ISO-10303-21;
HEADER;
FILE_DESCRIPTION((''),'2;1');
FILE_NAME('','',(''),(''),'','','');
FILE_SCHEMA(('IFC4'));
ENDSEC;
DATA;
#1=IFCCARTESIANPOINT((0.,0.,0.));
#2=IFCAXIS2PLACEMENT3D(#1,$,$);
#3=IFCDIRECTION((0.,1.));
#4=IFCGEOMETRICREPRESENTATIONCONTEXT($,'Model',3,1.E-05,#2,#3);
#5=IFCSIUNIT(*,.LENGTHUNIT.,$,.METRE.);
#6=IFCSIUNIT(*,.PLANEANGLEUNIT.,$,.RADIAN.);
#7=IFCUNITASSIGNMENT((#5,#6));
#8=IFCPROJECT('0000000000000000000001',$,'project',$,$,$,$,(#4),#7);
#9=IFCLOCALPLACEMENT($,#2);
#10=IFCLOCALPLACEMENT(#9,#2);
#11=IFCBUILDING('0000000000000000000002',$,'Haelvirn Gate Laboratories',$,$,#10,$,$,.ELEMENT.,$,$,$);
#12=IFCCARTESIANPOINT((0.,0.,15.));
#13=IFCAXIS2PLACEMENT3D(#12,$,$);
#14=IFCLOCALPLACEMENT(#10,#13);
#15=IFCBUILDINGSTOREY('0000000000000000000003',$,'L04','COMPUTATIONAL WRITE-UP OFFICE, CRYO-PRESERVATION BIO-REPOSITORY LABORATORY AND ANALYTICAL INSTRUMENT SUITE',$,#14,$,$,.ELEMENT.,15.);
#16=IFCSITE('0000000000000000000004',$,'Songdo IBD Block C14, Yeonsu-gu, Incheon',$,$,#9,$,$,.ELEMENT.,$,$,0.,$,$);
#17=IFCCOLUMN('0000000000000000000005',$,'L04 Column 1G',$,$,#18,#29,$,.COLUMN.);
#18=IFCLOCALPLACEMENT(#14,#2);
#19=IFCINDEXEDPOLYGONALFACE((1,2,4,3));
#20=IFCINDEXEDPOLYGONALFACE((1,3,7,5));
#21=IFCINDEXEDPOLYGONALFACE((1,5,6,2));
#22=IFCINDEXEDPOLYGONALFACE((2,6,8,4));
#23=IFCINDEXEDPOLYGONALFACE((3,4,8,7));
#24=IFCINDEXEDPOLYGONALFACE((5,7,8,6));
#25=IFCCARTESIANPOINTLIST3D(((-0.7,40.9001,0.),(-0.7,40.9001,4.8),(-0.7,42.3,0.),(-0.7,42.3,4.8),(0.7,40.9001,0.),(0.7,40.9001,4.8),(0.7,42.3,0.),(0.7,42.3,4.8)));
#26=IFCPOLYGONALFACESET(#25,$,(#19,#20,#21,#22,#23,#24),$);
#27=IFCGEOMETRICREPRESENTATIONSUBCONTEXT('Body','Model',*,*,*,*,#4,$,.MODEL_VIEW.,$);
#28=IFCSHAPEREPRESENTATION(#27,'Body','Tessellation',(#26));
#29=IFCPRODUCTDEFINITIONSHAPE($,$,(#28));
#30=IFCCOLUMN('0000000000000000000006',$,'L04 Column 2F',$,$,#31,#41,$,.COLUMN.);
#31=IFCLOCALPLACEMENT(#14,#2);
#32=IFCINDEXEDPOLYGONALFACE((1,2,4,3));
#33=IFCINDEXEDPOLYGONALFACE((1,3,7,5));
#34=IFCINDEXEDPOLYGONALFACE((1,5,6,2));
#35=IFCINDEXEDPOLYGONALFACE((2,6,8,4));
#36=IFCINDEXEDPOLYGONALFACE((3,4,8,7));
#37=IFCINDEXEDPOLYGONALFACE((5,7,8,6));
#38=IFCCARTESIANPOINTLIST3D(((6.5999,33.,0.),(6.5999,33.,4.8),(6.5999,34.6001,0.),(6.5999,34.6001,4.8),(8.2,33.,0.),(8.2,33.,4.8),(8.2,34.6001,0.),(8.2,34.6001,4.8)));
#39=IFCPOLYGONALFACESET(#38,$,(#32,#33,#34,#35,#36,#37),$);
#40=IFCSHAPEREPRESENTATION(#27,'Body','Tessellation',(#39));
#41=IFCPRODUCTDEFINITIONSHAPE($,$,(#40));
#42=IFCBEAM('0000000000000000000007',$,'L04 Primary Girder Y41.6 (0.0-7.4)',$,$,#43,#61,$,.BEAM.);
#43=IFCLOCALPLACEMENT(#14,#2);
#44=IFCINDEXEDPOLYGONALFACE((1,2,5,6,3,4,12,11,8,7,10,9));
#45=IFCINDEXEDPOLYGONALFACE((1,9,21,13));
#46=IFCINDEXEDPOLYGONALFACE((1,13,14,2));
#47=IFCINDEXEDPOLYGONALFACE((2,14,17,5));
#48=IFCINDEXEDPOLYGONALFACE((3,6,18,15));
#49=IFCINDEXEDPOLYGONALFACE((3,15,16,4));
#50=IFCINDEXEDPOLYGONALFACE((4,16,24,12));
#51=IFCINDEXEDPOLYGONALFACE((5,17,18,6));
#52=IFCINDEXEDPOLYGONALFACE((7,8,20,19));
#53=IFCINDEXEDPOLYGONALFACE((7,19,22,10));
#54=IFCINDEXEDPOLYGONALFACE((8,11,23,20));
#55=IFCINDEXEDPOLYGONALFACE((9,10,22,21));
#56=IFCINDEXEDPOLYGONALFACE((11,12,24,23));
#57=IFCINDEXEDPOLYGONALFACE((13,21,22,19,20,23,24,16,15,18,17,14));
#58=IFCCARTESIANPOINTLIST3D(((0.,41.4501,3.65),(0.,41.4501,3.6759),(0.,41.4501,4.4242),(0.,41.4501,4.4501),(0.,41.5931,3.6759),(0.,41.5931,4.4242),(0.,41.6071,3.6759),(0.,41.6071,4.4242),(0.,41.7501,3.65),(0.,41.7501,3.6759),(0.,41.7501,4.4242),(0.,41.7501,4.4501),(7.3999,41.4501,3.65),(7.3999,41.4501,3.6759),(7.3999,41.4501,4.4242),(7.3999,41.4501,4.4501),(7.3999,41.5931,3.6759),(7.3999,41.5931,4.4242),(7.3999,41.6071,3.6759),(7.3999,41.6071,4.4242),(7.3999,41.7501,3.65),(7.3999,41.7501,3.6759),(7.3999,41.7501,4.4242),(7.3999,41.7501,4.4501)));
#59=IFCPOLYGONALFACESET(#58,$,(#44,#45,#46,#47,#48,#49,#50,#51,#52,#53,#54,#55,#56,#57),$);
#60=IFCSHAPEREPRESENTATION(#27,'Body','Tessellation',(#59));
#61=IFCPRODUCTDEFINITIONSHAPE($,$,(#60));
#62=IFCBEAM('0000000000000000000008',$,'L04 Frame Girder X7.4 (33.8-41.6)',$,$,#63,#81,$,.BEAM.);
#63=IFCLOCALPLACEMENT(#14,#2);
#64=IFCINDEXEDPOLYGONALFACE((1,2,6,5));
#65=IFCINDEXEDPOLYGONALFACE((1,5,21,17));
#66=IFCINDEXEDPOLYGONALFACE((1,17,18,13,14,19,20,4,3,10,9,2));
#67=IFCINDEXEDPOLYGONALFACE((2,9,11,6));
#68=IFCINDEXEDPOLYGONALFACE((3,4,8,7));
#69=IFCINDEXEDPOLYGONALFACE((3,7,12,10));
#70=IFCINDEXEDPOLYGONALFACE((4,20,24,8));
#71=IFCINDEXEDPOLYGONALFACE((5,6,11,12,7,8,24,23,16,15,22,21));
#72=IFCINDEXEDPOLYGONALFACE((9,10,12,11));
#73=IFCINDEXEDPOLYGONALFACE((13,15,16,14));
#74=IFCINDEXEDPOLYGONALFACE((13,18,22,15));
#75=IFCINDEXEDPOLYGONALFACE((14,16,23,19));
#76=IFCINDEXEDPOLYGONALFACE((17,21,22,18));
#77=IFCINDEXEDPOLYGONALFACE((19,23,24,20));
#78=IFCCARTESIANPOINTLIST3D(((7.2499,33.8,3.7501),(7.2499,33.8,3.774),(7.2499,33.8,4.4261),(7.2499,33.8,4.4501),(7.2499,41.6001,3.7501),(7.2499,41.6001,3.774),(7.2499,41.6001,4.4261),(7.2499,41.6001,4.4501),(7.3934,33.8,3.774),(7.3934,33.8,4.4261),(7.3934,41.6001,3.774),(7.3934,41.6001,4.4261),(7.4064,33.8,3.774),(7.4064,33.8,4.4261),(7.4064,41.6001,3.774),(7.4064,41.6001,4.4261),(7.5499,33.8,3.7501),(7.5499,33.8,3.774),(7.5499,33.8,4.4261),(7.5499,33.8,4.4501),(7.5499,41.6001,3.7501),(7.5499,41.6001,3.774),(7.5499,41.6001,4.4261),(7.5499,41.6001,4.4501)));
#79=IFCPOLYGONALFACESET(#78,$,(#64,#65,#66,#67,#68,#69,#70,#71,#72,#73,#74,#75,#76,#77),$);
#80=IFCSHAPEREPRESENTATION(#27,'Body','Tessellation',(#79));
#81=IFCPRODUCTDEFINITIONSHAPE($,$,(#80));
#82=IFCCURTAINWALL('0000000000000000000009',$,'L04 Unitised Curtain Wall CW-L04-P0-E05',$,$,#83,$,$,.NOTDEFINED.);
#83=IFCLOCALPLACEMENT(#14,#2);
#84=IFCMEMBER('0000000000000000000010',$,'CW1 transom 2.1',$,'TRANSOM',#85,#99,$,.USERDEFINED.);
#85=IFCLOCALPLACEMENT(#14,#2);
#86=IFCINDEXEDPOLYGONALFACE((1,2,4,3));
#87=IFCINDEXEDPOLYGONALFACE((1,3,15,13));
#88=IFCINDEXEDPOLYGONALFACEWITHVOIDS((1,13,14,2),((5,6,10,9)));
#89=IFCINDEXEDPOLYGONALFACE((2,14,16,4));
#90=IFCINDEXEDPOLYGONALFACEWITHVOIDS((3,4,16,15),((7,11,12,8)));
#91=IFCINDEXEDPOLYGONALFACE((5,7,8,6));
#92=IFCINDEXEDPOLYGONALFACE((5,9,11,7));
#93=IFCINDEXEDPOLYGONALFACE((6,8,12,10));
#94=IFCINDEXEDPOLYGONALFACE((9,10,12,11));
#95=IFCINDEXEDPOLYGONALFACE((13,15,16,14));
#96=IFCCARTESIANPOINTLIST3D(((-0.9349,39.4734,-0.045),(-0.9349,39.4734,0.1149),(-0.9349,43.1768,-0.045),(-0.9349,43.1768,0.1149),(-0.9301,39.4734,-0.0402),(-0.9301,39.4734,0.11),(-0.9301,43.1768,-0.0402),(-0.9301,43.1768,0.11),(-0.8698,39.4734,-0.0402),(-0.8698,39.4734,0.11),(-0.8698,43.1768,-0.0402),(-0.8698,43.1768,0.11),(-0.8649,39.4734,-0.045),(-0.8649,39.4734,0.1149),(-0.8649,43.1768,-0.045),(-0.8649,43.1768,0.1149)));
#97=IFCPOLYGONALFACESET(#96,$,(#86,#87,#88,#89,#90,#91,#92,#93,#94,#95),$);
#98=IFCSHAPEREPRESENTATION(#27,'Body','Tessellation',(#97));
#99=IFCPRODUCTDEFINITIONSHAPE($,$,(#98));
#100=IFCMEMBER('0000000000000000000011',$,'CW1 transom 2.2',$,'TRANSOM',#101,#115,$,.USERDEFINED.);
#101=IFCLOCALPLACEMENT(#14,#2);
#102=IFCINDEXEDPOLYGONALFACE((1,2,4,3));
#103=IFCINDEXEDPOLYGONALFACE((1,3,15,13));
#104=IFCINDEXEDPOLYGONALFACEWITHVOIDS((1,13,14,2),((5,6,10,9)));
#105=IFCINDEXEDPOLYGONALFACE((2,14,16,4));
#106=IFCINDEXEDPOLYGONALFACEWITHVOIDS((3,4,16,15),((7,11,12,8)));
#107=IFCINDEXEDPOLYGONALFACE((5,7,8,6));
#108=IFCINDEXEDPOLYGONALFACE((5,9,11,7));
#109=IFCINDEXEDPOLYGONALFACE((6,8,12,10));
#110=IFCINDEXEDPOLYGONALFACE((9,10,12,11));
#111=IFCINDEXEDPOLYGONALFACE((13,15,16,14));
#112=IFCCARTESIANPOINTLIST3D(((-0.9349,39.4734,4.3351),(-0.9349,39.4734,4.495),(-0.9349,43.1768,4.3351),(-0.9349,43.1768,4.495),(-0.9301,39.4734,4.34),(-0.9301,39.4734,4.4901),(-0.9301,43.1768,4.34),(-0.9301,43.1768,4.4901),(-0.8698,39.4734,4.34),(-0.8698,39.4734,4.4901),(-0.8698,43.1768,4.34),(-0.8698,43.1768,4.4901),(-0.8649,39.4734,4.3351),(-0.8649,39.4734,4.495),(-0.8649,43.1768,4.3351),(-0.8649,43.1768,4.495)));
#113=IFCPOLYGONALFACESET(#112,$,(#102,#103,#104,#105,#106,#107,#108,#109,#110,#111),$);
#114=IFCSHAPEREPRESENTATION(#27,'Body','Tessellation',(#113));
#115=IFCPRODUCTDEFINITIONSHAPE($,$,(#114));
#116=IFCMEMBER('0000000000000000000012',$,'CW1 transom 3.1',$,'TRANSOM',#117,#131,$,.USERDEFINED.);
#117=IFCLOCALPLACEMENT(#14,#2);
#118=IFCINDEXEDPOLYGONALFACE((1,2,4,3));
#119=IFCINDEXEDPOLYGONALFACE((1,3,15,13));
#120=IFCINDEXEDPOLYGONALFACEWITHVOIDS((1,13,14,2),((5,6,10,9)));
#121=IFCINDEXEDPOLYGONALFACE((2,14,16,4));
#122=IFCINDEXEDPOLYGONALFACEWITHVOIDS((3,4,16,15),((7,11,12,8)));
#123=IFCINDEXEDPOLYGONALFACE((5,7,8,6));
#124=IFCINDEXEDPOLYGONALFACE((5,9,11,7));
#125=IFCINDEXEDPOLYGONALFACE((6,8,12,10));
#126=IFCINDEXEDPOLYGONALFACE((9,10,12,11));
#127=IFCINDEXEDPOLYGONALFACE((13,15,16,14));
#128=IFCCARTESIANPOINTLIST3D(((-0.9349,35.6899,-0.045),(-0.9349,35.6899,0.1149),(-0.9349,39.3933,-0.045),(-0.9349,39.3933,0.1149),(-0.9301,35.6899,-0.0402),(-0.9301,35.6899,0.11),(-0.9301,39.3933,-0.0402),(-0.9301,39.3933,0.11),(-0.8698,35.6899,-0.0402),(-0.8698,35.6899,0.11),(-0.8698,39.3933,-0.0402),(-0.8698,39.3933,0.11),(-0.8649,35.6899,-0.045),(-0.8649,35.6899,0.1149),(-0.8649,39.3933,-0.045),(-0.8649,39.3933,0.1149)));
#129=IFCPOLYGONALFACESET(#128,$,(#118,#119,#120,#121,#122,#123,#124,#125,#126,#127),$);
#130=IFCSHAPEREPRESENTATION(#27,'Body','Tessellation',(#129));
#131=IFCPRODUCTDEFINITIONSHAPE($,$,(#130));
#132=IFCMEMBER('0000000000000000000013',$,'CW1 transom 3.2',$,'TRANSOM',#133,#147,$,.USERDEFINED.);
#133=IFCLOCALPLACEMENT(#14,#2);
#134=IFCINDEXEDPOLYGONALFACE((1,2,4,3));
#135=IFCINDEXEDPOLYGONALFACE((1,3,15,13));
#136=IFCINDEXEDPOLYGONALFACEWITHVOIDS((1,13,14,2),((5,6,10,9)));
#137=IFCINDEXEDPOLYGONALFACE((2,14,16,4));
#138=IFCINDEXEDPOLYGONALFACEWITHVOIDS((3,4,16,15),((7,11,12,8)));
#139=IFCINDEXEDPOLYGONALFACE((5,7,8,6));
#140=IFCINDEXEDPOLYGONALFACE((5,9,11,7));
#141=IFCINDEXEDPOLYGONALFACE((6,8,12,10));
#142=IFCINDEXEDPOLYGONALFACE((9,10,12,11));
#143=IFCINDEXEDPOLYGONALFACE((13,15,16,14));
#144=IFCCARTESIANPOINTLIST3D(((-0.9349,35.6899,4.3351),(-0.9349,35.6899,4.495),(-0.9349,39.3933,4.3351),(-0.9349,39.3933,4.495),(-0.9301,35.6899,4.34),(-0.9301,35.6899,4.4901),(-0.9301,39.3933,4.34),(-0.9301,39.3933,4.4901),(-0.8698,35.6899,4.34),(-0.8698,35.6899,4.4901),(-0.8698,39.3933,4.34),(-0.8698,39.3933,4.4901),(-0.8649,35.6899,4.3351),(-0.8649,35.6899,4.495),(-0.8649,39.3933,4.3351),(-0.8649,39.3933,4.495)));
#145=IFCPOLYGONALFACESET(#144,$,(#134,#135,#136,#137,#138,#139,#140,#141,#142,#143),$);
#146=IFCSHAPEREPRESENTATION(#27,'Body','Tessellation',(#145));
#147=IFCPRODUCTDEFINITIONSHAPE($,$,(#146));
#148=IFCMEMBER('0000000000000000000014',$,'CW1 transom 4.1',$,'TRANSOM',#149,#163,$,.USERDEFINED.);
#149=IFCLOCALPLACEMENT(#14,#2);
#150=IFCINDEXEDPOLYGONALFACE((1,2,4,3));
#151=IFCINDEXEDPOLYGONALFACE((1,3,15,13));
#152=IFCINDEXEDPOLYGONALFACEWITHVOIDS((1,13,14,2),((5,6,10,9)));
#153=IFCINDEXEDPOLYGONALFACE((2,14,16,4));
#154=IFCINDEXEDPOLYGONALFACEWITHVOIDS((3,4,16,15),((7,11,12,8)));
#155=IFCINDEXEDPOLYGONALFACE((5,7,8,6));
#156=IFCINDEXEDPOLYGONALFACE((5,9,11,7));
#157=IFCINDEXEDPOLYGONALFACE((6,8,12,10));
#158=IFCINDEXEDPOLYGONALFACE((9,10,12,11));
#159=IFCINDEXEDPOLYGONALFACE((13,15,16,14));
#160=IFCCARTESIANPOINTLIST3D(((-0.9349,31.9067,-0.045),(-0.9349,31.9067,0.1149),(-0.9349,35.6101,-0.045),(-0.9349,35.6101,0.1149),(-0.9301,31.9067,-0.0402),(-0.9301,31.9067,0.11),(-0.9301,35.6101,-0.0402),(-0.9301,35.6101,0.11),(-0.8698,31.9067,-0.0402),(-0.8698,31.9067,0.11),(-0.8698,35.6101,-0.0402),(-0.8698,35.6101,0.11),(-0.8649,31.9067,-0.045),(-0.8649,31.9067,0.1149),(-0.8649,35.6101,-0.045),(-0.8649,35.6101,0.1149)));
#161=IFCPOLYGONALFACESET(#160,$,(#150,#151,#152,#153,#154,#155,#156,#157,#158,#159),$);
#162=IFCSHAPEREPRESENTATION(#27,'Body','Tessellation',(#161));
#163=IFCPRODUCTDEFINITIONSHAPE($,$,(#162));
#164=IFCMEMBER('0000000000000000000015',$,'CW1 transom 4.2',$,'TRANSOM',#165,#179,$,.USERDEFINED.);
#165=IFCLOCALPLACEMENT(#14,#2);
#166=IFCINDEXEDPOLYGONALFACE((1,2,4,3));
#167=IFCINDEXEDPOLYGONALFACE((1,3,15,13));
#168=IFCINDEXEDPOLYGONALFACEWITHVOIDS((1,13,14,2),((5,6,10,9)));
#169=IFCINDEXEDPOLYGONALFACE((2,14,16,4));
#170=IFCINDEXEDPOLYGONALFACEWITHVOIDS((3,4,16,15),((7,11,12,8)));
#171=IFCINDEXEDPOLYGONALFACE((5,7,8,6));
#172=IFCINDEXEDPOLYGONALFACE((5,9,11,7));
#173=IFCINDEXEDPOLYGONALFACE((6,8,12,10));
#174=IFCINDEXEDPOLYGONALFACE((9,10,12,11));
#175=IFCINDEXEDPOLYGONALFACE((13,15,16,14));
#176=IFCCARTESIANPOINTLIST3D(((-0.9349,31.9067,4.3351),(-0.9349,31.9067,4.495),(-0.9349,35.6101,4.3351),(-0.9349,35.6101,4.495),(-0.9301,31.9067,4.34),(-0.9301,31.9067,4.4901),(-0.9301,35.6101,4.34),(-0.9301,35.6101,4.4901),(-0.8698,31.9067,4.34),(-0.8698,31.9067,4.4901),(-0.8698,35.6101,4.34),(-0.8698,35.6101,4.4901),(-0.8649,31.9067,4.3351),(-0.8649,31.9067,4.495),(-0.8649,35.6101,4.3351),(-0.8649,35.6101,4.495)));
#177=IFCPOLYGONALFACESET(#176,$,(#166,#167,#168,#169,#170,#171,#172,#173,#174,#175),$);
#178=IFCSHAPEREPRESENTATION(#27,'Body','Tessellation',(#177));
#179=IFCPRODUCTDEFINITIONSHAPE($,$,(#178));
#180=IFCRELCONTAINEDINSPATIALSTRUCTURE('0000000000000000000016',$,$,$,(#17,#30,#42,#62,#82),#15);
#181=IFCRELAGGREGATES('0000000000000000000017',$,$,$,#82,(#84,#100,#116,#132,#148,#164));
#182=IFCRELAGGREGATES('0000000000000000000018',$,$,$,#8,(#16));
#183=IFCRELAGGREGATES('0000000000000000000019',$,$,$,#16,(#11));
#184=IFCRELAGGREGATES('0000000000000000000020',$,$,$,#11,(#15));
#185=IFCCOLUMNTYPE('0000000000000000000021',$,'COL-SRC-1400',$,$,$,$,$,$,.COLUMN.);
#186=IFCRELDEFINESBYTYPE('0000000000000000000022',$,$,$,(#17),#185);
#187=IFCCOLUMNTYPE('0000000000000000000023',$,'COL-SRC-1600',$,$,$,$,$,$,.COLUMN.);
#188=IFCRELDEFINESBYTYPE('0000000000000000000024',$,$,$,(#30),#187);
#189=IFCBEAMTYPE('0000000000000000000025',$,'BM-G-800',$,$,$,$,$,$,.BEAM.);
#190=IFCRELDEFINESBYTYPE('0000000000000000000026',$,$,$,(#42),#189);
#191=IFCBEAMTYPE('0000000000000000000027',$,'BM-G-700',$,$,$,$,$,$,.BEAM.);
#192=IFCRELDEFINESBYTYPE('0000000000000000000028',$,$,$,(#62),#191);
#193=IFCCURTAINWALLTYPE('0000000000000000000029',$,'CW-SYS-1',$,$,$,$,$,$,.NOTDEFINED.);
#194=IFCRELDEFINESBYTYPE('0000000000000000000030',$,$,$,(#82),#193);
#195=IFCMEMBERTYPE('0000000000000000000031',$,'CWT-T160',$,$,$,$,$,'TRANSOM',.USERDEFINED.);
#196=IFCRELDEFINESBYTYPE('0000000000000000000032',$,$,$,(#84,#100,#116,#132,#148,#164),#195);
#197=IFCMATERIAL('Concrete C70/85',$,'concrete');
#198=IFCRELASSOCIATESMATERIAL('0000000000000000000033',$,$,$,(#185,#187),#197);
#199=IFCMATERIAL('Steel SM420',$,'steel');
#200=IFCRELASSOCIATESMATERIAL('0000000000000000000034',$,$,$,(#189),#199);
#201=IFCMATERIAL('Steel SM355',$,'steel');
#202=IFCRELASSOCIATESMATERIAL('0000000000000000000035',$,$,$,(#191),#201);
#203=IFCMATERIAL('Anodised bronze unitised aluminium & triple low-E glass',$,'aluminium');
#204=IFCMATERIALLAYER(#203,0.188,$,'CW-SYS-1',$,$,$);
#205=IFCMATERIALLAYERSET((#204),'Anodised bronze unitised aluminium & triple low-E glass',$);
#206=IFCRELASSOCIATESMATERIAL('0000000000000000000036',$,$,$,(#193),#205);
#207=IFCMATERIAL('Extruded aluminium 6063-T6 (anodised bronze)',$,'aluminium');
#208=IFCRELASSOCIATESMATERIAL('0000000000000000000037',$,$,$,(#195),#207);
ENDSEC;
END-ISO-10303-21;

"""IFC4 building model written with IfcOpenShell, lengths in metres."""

from ifc_helpers import new_model, si_unit, direction, frame, origin, origin_2d, place, context, subcontext, project, spatial, rectangle, hollow_rectangle, i_section, extrude, source, transform, mapped, material, layer, layer_set, material_profile, profile_set, type_object, type_shapes, element, aggregate, save


model = new_model("IFC4")

# Units and contexts
model_context = context("Model", 3, precision=1e-05, world=origin(), true_north=direction((0.0, 1.0)))
body_context = subcontext(model_context, "Body", "Model", "MODEL_VIEW")
ifc_project = project(units=[si_unit("LENGTHUNIT", "METRE"), si_unit("PLANEANGLEUNIT", "RADIAN")], contexts=[model_context])

# Site, building, storey
site_placement = place(None, origin())
site = spatial("IfcSite", under=ifc_project, at=site_placement, Name="Songdo IBD Block C14, Yeonsu-gu, Incheon", CompositionType="ELEMENT", RefElevation=0.0)
building_placement = place(site_placement, origin())
building = spatial("IfcBuilding", under=site, at=building_placement, Name="Haelvirn Gate Laboratories", CompositionType="ELEMENT")
storey_placement = place(building_placement, frame((0.0, 0.0, 15.0)))
storey = spatial("IfcBuildingStorey", under=building, at=storey_placement, Name="L04", Description="COMPUTATIONAL WRITE-UP OFFICE, CRYO-PRESERVATION BIO-REPOSITORY LABORATORY AND ANALYTICAL INSTRUMENT SUITE", CompositionType="ELEMENT", Elevation=15.0)

# Columns
ifc_material_1 = material(Name="Concrete C70/85", Category="concrete")
ifc_material_profile_1 = material_profile(ifc_material_1, rectangle(XDim=1.3999, YDim=1.3999, at=origin_2d()), Name="SRC-1400x1400")
ifc_profile_set_1 = profile_set([ifc_material_profile_1], Name="Concrete C70/85")
column_type_1 = type_object("IfcColumnType", Name="COL-SRC-1400", PredefinedType="COLUMN", material=ifc_profile_set_1)
shared_shape_1 = source(origin(), body_context, "Body", "SweptSolid", [
    extrude(rectangle(XDim=1.3999, YDim=1.3999, at=origin_2d()), origin(), (0.0, 0.0, 1.0), 4.8),
])
type_shapes(column_type_1, [shared_shape_1])
column_1_placement = place(storey_placement, frame((0.0, 41.6001, 0.0), z_axis=(0.0, 0.0, 1.0), x_axis=(1.0, 0.0, 0.0)))
element("IfcColumn", 1, at=column_1_placement, inside=storey, type_object=column_type_1, Name="L04 Column 1G", PredefinedType="COLUMN", context=body_context, shape_type="MappedRepresentation", body=[
    mapped(shared_shape_1, transform((0.0, 0.0, 0.0), scale=1.0)),
])
ifc_material_profile_2 = material_profile(ifc_material_1, rectangle(XDim=1.6001, YDim=1.6001, at=origin_2d()), Name="SRC-1600x1600")
ifc_profile_set_2 = profile_set([ifc_material_profile_2], Name="Concrete C70/85")
column_type_2 = type_object("IfcColumnType", Name="COL-SRC-1600", PredefinedType="COLUMN", material=ifc_profile_set_2)
shared_shape_2 = source(origin(), body_context, "Body", "SweptSolid", [
    extrude(rectangle(XDim=1.6001, YDim=1.6001, at=origin_2d()), origin(), (0.0, 0.0, 1.0), 4.8),
])
type_shapes(column_type_2, [shared_shape_2])
column_2_placement = place(storey_placement, frame((7.3999, 33.8, 0.0), z_axis=(0.0, 0.0, 1.0), x_axis=(1.0, 0.0, 0.0)))
element("IfcColumn", 2, at=column_2_placement, inside=storey, type_object=column_type_2, Name="L04 Column 2F", PredefinedType="COLUMN", context=body_context, shape_type="MappedRepresentation", body=[
    mapped(shared_shape_2, transform((0.0, 0.0, 0.0), scale=1.0)),
])

# Beams
ifc_material_2 = material(Name="Steel SM420", Category="steel")
ifc_material_profile_3 = material_profile(ifc_material_2, i_section(OverallWidth=0.3, OverallDepth=0.8, WebThickness=0.0139, FlangeThickness=0.0259, at=origin_2d()), Name="H-800x300x14x26")
ifc_profile_set_3 = profile_set([ifc_material_profile_3], Name="Steel SM420")
beam_type_1 = type_object("IfcBeamType", Name="BM-G-800", PredefinedType="BEAM", material=ifc_profile_set_3)
shared_shape_3 = source(origin(), body_context, "Body", "SweptSolid", [
    extrude(i_section(OverallWidth=0.3, OverallDepth=0.8, WebThickness=0.0139, FlangeThickness=0.0259, at=origin_2d()), origin(), (0.0, 0.0, 1.0), 7.3999),
])
type_shapes(beam_type_1, [shared_shape_3])
beam_1_placement = place(storey_placement, frame((0.0, 41.6001, 4.05), z_axis=(1.0, 0.0, 0.0), x_axis=(0.0, 1.0, 0.0)))
element("IfcBeam", 3, at=beam_1_placement, inside=storey, type_object=beam_type_1, Name="L04 Primary Girder Y41.6 (0.0-7.4)", PredefinedType="BEAM", context=body_context, shape_type="MappedRepresentation", body=[
    mapped(shared_shape_3, transform((0.0, 0.0, 0.0), scale=1.0)),
])
ifc_material_3 = material(Name="Steel SM355", Category="steel")
ifc_material_profile_4 = material_profile(ifc_material_3, i_section(OverallWidth=0.3, OverallDepth=0.7, WebThickness=0.0129, FlangeThickness=0.0239, at=origin_2d()), Name="H-700x300x13x24")
ifc_profile_set_4 = profile_set([ifc_material_profile_4], Name="Steel SM355")
beam_type_2 = type_object("IfcBeamType", Name="BM-G-700", PredefinedType="BEAM", material=ifc_profile_set_4)
shared_shape_4 = source(origin(), body_context, "Body", "SweptSolid", [
    extrude(i_section(OverallWidth=0.3, OverallDepth=0.7, WebThickness=0.0129, FlangeThickness=0.0239, at=origin_2d()), origin(), (0.0, 0.0, 1.0), 7.8),
])
type_shapes(beam_type_2, [shared_shape_4])
beam_2_placement = place(storey_placement, frame((7.3999, 33.8, 4.1001), z_axis=(0.0, 1.0, 0.0), x_axis=(-1.0, 0.0, 0.0)))
element("IfcBeam", 4, at=beam_2_placement, inside=storey, type_object=beam_type_2, Name="L04 Frame Girder X7.4 (33.8-41.6)", PredefinedType="BEAM", context=body_context, shape_type="MappedRepresentation", body=[
    mapped(shared_shape_4, transform((0.0, 0.0, 0.0), scale=1.0)),
])

# Curtain wall, members
ifc_material_4 = material(Name="Anodised bronze unitised aluminium & triple low-E glass", Category="aluminium")
ifc_layer_1 = layer(ifc_material_4, 0.188, Name="CW-SYS-1")
ifc_layer_set_1 = layer_set([ifc_layer_1], Name="Anodised bronze unitised aluminium & triple low-E glass")
curtain_wall_type = type_object("IfcCurtainWallType", Name="CW-SYS-1", PredefinedType="NOTDEFINED", material=ifc_layer_set_1)
curtain_wall_placement = place(storey_placement, origin())
curtain_wall = element("IfcCurtainWall", 5, at=curtain_wall_placement, inside=storey, type_object=curtain_wall_type, Name="L04 Unitised Curtain Wall CW-L04-P0-E05", PredefinedType="NOTDEFINED")
ifc_material_5 = material(Name="Extruded aluminium 6063-T6 (anodised bronze)", Category="aluminium")
ifc_material_profile_5 = material_profile(ifc_material_5, hollow_rectangle(XDim=0.0701, YDim=0.1599, WallThickness=0.0049, at=origin_2d()), Name="CWT-160x70x5")
ifc_profile_set_5 = profile_set([ifc_material_profile_5], Name="Extruded aluminium 6063-T6 (anodised bronze)")
member_type_1 = type_object("IfcMemberType", Name="CWT-T160", ElementType="TRANSOM", PredefinedType="USERDEFINED", material=ifc_profile_set_5)
shared_shape_5 = source(origin(), body_context, "Body", "SweptSolid", [
    extrude(hollow_rectangle(XDim=0.0701, YDim=0.1599, WallThickness=0.0049, at=origin_2d()), origin(), (0.0, 0.0, 1.0), 3.7034),
])
type_shapes(member_type_1, [shared_shape_5])
member_1_placement = place(storey_placement, frame((-0.8999, 43.1768, 0.0349), z_axis=(0.0, -1.0, 0.0), x_axis=(1.0, 0.0, 0.0)))
member_1 = element("IfcMember", 6, at=member_1_placement, type_object=member_type_1, Name="CW1 transom 2.1", ObjectType="TRANSOM", PredefinedType="USERDEFINED", context=body_context, shape_type="MappedRepresentation", body=[
    mapped(shared_shape_5, transform((0.0, 0.0, 0.0), scale=1.0)),
])
member_2_placement = place(storey_placement, frame((-0.8999, 43.1768, 4.415), z_axis=(0.0, -1.0, 0.0), x_axis=(1.0, 0.0, 0.0)))
member_2 = element("IfcMember", 7, at=member_2_placement, type_object=member_type_1, Name="CW1 transom 2.2", ObjectType="TRANSOM", PredefinedType="USERDEFINED", context=body_context, shape_type="MappedRepresentation", body=[
    mapped(shared_shape_5, transform((0.0, 0.0, 0.0), scale=1.0)),
])
member_3_placement = place(storey_placement, frame((-0.8999, 39.3933, 0.0349), z_axis=(0.0, -1.0, 0.0), x_axis=(1.0, 0.0, 0.0)))
member_3 = element("IfcMember", 8, at=member_3_placement, type_object=member_type_1, Name="CW1 transom 3.1", ObjectType="TRANSOM", PredefinedType="USERDEFINED", context=body_context, shape_type="MappedRepresentation", body=[
    mapped(shared_shape_5, transform((0.0, 0.0, 0.0), scale=1.0)),
])
member_4_placement = place(storey_placement, frame((-0.8999, 39.3933, 4.415), z_axis=(0.0, -1.0, 0.0), x_axis=(1.0, 0.0, 0.0)))
member_4 = element("IfcMember", 9, at=member_4_placement, type_object=member_type_1, Name="CW1 transom 3.2", ObjectType="TRANSOM", PredefinedType="USERDEFINED", context=body_context, shape_type="MappedRepresentation", body=[
    mapped(shared_shape_5, transform((0.0, 0.0, 0.0), scale=1.0)),
])
member_5_placement = place(storey_placement, frame((-0.8999, 35.6101, 0.0349), z_axis=(0.0, -1.0, 0.0), x_axis=(1.0, 0.0, 0.0)))
member_5 = element("IfcMember", 10, at=member_5_placement, type_object=member_type_1, Name="CW1 transom 4.1", ObjectType="TRANSOM", PredefinedType="USERDEFINED", context=body_context, shape_type="MappedRepresentation", body=[
    mapped(shared_shape_5, transform((0.0, 0.0, 0.0), scale=1.0)),
])
member_6_placement = place(storey_placement, frame((-0.8999, 35.6101, 4.415), z_axis=(0.0, -1.0, 0.0), x_axis=(1.0, 0.0, 0.0)))
member_6 = element("IfcMember", 11, at=member_6_placement, type_object=member_type_1, Name="CW1 transom 4.2", ObjectType="TRANSOM", PredefinedType="USERDEFINED", context=body_context, shape_type="MappedRepresentation", body=[
    mapped(shared_shape_5, transform((0.0, 0.0, 0.0), scale=1.0)),
])
aggregate(curtain_wall, [member_1, member_2, member_3, member_4, member_5, member_6])

save(model, "model.ifc")
